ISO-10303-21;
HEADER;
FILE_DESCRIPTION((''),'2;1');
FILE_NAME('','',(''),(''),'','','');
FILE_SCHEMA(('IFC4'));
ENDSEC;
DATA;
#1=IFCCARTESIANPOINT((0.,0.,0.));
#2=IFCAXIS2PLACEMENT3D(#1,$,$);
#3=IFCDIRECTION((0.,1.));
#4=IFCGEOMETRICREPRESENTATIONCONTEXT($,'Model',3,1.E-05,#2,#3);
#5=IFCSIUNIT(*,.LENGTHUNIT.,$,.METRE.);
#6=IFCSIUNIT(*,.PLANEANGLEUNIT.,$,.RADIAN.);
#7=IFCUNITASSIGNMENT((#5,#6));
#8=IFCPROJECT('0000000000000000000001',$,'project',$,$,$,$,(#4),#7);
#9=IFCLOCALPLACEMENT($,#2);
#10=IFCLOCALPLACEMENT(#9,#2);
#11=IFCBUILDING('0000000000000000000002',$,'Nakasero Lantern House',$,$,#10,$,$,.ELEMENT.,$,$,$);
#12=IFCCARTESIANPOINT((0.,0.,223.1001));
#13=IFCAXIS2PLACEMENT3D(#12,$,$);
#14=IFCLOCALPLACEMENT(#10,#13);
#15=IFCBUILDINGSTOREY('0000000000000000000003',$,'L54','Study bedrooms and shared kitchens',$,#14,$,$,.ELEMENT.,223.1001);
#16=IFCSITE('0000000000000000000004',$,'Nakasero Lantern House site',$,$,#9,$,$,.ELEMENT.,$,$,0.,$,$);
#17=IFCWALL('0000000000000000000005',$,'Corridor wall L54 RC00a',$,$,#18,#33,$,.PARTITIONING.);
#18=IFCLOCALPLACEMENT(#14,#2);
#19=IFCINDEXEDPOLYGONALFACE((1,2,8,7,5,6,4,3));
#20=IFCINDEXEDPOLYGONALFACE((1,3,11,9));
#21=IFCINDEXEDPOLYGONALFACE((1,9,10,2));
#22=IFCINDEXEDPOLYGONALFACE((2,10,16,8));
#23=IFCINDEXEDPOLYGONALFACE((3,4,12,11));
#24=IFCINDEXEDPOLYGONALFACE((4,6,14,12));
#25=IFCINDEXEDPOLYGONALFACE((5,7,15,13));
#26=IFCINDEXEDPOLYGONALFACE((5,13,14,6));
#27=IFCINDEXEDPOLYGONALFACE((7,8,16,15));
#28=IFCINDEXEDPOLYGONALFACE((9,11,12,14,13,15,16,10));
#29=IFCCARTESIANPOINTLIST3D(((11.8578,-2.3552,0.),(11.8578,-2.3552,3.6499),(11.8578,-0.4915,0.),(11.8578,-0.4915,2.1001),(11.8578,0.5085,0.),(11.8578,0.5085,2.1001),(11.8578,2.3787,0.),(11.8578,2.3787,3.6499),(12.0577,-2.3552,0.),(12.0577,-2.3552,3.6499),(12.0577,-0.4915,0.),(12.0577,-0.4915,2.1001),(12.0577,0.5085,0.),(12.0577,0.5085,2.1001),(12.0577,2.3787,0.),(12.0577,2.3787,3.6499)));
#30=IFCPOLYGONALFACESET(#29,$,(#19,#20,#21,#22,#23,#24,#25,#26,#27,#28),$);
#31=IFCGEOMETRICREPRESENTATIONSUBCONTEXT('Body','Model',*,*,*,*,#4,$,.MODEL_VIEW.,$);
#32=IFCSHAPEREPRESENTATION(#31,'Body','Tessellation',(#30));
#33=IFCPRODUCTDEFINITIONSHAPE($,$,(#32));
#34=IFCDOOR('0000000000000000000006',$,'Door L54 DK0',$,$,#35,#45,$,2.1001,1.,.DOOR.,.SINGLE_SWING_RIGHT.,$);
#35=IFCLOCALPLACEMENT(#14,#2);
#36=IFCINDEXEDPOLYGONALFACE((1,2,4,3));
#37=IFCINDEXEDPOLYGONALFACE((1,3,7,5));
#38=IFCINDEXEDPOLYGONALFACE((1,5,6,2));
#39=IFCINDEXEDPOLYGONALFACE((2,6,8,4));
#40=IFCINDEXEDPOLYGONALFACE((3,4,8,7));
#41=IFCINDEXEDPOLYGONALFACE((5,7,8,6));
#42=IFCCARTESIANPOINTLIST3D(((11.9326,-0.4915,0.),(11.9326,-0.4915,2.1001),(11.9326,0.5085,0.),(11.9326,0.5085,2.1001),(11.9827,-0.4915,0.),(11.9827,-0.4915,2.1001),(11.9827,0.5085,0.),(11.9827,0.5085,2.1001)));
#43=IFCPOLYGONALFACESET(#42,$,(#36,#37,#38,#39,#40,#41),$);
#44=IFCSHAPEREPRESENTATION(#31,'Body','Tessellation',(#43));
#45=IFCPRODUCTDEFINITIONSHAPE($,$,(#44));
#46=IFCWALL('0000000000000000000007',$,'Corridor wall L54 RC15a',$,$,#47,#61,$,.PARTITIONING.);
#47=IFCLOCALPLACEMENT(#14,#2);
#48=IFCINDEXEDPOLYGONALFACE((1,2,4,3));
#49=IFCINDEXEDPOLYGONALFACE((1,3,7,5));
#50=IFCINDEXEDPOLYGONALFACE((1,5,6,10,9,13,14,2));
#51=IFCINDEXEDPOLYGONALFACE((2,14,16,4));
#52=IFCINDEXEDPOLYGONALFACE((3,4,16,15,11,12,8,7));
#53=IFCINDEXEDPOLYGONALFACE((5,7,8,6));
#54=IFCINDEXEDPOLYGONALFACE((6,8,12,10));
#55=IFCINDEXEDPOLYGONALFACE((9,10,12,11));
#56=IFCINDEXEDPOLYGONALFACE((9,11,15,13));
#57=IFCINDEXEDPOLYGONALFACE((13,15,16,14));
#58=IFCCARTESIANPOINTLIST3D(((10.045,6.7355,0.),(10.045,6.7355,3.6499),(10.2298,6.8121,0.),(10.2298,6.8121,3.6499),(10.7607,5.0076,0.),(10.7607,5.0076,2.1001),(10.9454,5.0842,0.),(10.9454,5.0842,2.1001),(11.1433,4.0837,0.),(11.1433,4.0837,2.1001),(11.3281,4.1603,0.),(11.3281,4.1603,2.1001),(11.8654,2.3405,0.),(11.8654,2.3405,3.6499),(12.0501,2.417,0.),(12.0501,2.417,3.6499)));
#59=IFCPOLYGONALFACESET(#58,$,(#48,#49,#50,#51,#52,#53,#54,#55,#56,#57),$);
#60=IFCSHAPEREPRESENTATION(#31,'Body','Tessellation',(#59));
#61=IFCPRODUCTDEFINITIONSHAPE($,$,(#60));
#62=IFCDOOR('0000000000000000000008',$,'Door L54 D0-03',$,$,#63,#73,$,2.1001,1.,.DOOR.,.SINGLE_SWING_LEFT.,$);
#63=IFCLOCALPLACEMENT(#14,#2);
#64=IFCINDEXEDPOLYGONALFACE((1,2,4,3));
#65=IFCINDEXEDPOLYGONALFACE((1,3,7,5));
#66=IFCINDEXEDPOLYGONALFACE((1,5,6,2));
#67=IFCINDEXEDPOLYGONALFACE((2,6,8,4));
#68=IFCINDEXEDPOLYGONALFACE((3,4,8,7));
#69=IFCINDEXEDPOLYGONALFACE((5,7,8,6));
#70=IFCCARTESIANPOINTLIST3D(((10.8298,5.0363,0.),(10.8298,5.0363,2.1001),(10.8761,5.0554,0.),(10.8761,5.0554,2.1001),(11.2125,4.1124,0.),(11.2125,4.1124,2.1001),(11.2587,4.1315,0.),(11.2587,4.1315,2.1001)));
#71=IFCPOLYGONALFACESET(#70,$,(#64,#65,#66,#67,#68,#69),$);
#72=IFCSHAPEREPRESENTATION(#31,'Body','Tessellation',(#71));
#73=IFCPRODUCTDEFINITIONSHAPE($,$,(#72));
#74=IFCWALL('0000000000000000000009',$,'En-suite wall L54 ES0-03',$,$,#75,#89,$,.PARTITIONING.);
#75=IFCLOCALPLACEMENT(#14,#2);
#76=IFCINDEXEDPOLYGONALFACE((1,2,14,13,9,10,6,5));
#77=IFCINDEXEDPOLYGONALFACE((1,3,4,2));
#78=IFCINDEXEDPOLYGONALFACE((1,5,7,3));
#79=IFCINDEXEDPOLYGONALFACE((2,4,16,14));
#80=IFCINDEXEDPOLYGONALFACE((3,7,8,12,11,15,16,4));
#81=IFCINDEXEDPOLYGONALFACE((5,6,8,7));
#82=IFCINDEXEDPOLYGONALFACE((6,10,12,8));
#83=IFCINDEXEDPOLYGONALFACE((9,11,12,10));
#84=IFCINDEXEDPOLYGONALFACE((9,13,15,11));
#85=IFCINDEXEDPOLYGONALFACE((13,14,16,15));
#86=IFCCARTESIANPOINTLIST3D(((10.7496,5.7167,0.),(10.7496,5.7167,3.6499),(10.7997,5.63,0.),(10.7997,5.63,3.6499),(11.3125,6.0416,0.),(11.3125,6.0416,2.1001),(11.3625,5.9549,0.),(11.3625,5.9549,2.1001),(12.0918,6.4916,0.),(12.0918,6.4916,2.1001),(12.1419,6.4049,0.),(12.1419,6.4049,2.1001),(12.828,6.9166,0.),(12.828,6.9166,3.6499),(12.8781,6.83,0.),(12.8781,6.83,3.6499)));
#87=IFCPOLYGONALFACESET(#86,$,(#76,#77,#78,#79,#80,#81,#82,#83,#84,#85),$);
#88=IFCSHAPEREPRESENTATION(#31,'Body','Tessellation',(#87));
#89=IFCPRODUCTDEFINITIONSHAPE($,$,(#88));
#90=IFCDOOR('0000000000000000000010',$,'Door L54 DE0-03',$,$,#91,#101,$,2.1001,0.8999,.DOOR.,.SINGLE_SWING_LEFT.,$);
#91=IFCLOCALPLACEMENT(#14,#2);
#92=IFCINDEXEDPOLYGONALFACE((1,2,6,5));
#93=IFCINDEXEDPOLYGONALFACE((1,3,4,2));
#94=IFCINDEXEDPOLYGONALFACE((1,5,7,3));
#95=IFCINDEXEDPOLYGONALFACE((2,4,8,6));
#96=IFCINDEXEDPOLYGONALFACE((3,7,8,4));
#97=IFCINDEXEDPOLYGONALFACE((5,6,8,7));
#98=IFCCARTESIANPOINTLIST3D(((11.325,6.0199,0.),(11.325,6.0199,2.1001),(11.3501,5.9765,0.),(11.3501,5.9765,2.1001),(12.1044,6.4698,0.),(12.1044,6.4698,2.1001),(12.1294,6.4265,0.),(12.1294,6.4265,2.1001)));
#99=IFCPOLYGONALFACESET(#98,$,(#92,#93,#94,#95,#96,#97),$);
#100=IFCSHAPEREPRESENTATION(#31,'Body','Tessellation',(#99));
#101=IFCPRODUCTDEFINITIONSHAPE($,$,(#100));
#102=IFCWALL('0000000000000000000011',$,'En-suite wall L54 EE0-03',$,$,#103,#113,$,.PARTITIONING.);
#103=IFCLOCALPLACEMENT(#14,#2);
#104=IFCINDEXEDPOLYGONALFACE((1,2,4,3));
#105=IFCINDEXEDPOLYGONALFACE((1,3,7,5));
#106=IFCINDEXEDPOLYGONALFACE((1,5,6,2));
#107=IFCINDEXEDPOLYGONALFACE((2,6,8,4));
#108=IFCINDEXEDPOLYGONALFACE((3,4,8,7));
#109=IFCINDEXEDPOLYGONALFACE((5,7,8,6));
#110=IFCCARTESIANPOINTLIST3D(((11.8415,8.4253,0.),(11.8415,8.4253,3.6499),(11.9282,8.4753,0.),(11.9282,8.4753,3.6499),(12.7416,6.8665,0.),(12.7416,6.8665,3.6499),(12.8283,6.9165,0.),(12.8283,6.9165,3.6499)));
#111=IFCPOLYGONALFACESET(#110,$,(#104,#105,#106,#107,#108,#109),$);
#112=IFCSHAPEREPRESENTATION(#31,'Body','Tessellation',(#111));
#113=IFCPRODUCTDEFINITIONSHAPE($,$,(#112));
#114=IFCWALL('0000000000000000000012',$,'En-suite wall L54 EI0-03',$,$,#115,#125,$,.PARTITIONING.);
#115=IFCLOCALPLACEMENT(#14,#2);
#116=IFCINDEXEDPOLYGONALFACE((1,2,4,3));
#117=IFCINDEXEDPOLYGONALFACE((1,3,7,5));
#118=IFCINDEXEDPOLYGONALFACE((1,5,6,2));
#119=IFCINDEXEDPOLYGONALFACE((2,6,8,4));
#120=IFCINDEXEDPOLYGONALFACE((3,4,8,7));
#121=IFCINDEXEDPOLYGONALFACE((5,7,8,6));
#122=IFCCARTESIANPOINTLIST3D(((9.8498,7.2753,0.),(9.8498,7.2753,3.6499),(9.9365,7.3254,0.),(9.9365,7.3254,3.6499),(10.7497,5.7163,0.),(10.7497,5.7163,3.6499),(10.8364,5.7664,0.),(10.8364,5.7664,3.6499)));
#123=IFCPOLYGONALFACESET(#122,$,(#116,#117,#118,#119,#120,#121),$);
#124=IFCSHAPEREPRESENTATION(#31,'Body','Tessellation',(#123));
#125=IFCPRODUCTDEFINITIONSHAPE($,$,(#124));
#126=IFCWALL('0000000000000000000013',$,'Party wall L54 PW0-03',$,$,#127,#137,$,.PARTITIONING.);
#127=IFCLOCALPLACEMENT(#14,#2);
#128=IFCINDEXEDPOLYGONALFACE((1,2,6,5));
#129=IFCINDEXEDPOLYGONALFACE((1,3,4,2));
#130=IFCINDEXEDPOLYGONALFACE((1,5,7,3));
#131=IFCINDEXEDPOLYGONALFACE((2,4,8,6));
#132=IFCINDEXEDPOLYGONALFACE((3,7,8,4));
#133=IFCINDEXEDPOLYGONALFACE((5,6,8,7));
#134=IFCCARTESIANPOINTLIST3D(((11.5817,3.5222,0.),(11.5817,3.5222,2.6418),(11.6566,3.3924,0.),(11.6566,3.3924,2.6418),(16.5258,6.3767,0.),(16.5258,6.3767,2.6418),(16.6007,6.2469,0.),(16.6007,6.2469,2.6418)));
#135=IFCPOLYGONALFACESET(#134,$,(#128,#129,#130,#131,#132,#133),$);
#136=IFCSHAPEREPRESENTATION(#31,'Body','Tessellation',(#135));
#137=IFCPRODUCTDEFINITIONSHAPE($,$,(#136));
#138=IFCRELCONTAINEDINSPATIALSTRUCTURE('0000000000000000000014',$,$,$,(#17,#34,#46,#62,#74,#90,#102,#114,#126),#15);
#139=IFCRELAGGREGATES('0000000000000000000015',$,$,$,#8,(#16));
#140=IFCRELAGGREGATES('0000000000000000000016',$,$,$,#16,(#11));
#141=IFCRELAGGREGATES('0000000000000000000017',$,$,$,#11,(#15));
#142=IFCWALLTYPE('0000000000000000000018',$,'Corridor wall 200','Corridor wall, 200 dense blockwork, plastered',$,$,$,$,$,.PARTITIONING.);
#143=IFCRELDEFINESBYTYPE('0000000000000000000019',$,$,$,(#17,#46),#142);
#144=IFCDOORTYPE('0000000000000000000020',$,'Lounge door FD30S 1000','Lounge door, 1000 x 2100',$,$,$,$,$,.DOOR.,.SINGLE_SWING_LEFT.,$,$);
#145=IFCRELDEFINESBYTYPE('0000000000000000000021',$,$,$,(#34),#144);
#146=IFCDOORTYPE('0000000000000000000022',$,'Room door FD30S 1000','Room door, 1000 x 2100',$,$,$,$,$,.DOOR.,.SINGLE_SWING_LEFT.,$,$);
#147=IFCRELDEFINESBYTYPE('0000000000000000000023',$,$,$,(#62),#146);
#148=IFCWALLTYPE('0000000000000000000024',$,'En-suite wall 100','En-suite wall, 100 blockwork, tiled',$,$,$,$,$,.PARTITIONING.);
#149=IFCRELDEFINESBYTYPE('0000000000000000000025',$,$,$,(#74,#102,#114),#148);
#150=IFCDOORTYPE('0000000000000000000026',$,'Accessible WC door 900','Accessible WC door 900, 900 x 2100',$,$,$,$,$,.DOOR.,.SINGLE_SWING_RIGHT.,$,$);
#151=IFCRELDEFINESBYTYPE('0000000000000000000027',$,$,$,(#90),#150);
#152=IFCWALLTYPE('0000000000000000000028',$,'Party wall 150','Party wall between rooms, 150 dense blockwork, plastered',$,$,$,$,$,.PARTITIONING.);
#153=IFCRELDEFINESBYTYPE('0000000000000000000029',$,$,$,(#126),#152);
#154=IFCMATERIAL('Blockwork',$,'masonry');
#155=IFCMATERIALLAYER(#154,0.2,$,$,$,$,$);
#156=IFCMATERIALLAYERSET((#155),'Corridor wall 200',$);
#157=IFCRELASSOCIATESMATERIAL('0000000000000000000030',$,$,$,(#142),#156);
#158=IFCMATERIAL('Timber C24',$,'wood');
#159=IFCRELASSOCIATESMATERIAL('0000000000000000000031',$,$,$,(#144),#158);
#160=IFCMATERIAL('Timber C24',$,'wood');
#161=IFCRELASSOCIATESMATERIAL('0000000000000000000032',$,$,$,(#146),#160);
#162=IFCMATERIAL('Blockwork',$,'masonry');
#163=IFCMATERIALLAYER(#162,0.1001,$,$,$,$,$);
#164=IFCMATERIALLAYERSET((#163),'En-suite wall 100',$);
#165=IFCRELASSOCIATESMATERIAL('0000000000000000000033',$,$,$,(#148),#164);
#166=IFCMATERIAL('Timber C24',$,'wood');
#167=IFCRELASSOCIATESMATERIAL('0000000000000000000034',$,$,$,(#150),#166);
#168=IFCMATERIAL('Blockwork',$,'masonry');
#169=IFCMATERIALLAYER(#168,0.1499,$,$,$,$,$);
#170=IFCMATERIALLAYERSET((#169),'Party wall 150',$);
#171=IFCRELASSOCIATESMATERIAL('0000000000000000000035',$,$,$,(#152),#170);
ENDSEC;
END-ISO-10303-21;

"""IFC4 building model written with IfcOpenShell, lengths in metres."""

from ifc_helpers import new_model, si_unit, direction, frame, frame_2d, origin, place, context, subcontext, project, spatial, rectangle, extrude, material, layer, layer_set, type_object, element, fill, save


model = new_model("IFC4")

# Units and contexts
model_context = context("Model", 3, precision=1e-05, world=origin(), true_north=direction((0.0, 1.0)))
body_context = subcontext(model_context, "Body", "Model", "MODEL_VIEW")
ifc_project = project(units=[si_unit("LENGTHUNIT", "METRE"), si_unit("PLANEANGLEUNIT", "RADIAN")], contexts=[model_context])

# Site, building, storey
site_placement = place(None, origin())
site = spatial("IfcSite", under=ifc_project, at=site_placement, Name="Nakasero Lantern House site", CompositionType="ELEMENT", RefElevation=0.0)
building_placement = place(site_placement, origin())
building = spatial("IfcBuilding", under=site, at=building_placement, Name="Nakasero Lantern House", CompositionType="ELEMENT")
storey_placement = place(building_placement, frame((0.0, 0.0, 223.1001)))
storey = spatial("IfcBuildingStorey", under=building, at=storey_placement, Name="L54", Description="Study bedrooms and shared kitchens", CompositionType="ELEMENT", Elevation=223.1001)

# Walls, openings, doors
ifc_material_1 = material(Name="Blockwork", Category="masonry")
ifc_layer_1 = layer(ifc_material_1, 0.2)
ifc_layer_set_1 = layer_set([ifc_layer_1], Name="Corridor wall 200")
wall_type_1 = type_object("IfcWallType", Name="Corridor wall 200", Description="Corridor wall, 200 dense blockwork, plastered", PredefinedType="PARTITIONING", material=ifc_layer_set_1)
wall_1_placement = place(storey_placement, frame((11.9578, 2.3787, 0.0), z_axis=(0.0, 0.0, 1.0), x_axis=(0.0, -1.0, 0.0)))
wall_1 = element("IfcWall", 1, at=wall_1_placement, inside=storey, type_object=wall_type_1, Name="Corridor wall L54 RC00a", PredefinedType="PARTITIONING", context=body_context, shape_type="SweptSolid", body=[
    extrude(rectangle(XDim=4.7339, YDim=0.2, at=frame_2d((2.3669, 0.0))), origin(), (0.0, 0.0, 1.0), 3.6499),
])
opening_1_placement = place(wall_1_placement, frame((1.8701, 0.0, 0.0)))
opening_1 = element("IfcOpeningElement", 2, at=opening_1_placement, cuts=wall_1, PredefinedType="OPENING", context=body_context, shape_type="SweptSolid", body=[
    extrude(rectangle(XDim=1.0, YDim=2.1001, at=frame_2d((0.5, 1.05))), frame((0.0, 0.1199, 0.0), z_axis=(0.0, -1.0, 0.0), x_axis=(1.0, 0.0, 0.0)), (0.0, 0.0, 1.0), 0.24),
])
ifc_material_2 = material(Name="Timber C24", Category="wood")
door_type_1 = type_object("IfcDoorType", Name="Lounge door FD30S 1000", Description="Lounge door, 1000 x 2100", OperationType="SINGLE_SWING_LEFT", PredefinedType="DOOR", material=ifc_material_2)
door_1_placement = place(opening_1_placement, origin())
door_1 = element("IfcDoor", 3, at=door_1_placement, inside=storey, type_object=door_type_1, Name="Door L54 DK0", OperationType="SINGLE_SWING_RIGHT", OverallHeight=2.1001, OverallWidth=1.0, PredefinedType="DOOR", context=body_context, shape_type="SweptSolid", body=[
    extrude(rectangle(XDim=1.0, YDim=2.1001, at=frame_2d((0.5, 1.05))), frame((0.0, 0.0249, 0.0), z_axis=(0.0, -1.0, 0.0), x_axis=(1.0, 0.0, 0.0)), (0.0, 0.0, 1.0), 0.05),
])
fill(opening_1, door_1)
wall_2_placement = place(storey_placement, frame((10.1375, 6.7737, 0.0), z_axis=(0.0, 0.0, 1.0), x_axis=(0.382654, -0.923892, 0.0)))
wall_2 = element("IfcWall", 4, at=wall_2_placement, inside=storey, type_object=wall_type_1, Name="Corridor wall L54 RC15a", PredefinedType="PARTITIONING", context=body_context, shape_type="SweptSolid", body=[
    extrude(rectangle(XDim=4.7571, YDim=0.2, at=frame_2d((2.3784, 0.0))), origin(), (0.0, 0.0, 1.0), 3.6499),
])
opening_2_placement = place(wall_2_placement, frame((1.8701, 0.0, 0.0)))
opening_2 = element("IfcOpeningElement", 5, at=opening_2_placement, cuts=wall_2, PredefinedType="OPENING", context=body_context, shape_type="SweptSolid", body=[
    extrude(rectangle(XDim=1.0, YDim=2.1001, at=frame_2d((0.5, 1.05))), frame((0.0, 0.1199, 0.0), z_axis=(0.0, -1.0, 0.0), x_axis=(1.0, 0.0, 0.0)), (0.0, 0.0, 1.0), 0.24),
])
ifc_material_3 = material(Name="Timber C24", Category="wood")
door_type_2 = type_object("IfcDoorType", Name="Room door FD30S 1000", Description="Room door, 1000 x 2100", OperationType="SINGLE_SWING_LEFT", PredefinedType="DOOR", material=ifc_material_3)
door_2_placement = place(opening_2_placement, origin())
door_2 = element("IfcDoor", 6, at=door_2_placement, inside=storey, type_object=door_type_2, Name="Door L54 D0-03", OperationType="SINGLE_SWING_LEFT", OverallHeight=2.1001, OverallWidth=1.0, PredefinedType="DOOR", context=body_context, shape_type="SweptSolid", body=[
    extrude(rectangle(XDim=1.0, YDim=2.1001, at=frame_2d((0.5, 1.05))), frame((0.0, 0.0249, 0.0), z_axis=(0.0, -1.0, 0.0), x_axis=(1.0, 0.0, 0.0)), (0.0, 0.0, 1.0), 0.05),
])
fill(opening_2, door_2)
ifc_material_4 = material(Name="Blockwork", Category="masonry")
ifc_layer_2 = layer(ifc_material_4, 0.1001)
ifc_layer_set_2 = layer_set([ifc_layer_2], Name="En-suite wall 100")
wall_type_2 = type_object("IfcWallType", Name="En-suite wall 100", Description="En-suite wall, 100 blockwork, tiled", PredefinedType="PARTITIONING", material=ifc_layer_set_2)
wall_3_placement = place(storey_placement, frame((10.7747, 5.6733, 0.0), z_axis=(0.0, 0.0, 1.0), x_axis=(0.866025, 0.500001, 0.0)))
wall_3 = element("IfcWall", 7, at=wall_3_placement, inside=storey, type_object=wall_type_2, Name="En-suite wall L54 ES0-03", PredefinedType="PARTITIONING", context=body_context, shape_type="SweptSolid", body=[
    extrude(rectangle(XDim=2.3999, YDim=0.1001, at=frame_2d((1.2, 0.0))), origin(), (0.0, 0.0, 1.0), 3.6499),
])
opening_3_placement = place(wall_3_placement, frame((0.6499, 0.0, 0.0)))
opening_3 = element("IfcOpeningElement", 8, at=opening_3_placement, cuts=wall_3, PredefinedType="OPENING", context=body_context, shape_type="SweptSolid", body=[
    extrude(rectangle(XDim=0.8999, YDim=2.1001, at=frame_2d((0.45, 1.05))), frame((0.0, 0.0701, 0.0), z_axis=(0.0, -1.0, 0.0), x_axis=(1.0, 0.0, 0.0)), (0.0, 0.0, 1.0), 0.1401),
])
ifc_material_5 = material(Name="Timber C24", Category="wood")
door_type_3 = type_object("IfcDoorType", Name="Accessible WC door 900", Description="Accessible WC door 900, 900 x 2100", OperationType="SINGLE_SWING_RIGHT", PredefinedType="DOOR", material=ifc_material_5)
door_3_placement = place(opening_3_placement, origin())
door_3 = element("IfcDoor", 9, at=door_3_placement, inside=storey, type_object=door_type_3, Name="Door L54 DE0-03", OperationType="SINGLE_SWING_LEFT", OverallHeight=2.1001, OverallWidth=0.8999, PredefinedType="DOOR", context=body_context, shape_type="SweptSolid", body=[
    extrude(rectangle(XDim=0.8999, YDim=2.1001, at=frame_2d((0.45, 1.05))), frame((0.0, 0.0249, 0.0), z_axis=(0.0, -1.0, 0.0), x_axis=(1.0, 0.0, 0.0)), (0.0, 0.0, 1.0), 0.05),
])
fill(opening_3, door_3)

# Walls
for number, where, z_axis, x_axis, name in (
    (10, (12.7849, 6.8916, 0.0), (0.0, 0.0, 1.0), (-0.500063, 0.865989, 0.0), "En-suite wall L54 EE0-03"),
    (11, (10.793, 5.7415, 0.0), (0.0, 0.0, 1.0), (-0.499902, 0.866082, 0.0), "En-suite wall L54 EI0-03"),
):
    element("IfcWall", number, at=place(storey_placement, frame(where, z_axis=z_axis, x_axis=x_axis)), inside=storey, type_object=wall_type_2, Name=name, PredefinedType="PARTITIONING", context=body_context, shape_type="SweptSolid", body=[
        extrude(rectangle(XDim=1.8, YDim=0.1001, at=frame_2d((0.8999, 0.0))), origin(), (0.0, 0.0, 1.0), 3.6499),
    ])
ifc_material_6 = material(Name="Blockwork", Category="masonry")
ifc_layer_3 = layer(ifc_material_6, 0.1499)
ifc_layer_set_3 = layer_set([ifc_layer_3], Name="Party wall 150")
wall_type_3 = type_object("IfcWallType", Name="Party wall 150", Description="Party wall between rooms, 150 dense blockwork, plastered", PredefinedType="PARTITIONING", material=ifc_layer_set_3)
wall_4_placement = place(storey_placement, frame((11.6191, 3.4573, 0.0), z_axis=(0.0, 0.0, 1.0), x_axis=(0.866024, 0.500003, 0.0)))
element("IfcWall", 12, at=wall_4_placement, inside=storey, type_object=wall_type_3, Name="Party wall L54 PW0-03", PredefinedType="PARTITIONING", context=body_context, shape_type="SweptSolid", body=[
    extrude(rectangle(XDim=5.709, YDim=0.1499, at=frame_2d((2.8545, 0.0))), origin(), (0.0, 0.0, 1.0), 2.6418),
])

save(model, "model.ifc")
